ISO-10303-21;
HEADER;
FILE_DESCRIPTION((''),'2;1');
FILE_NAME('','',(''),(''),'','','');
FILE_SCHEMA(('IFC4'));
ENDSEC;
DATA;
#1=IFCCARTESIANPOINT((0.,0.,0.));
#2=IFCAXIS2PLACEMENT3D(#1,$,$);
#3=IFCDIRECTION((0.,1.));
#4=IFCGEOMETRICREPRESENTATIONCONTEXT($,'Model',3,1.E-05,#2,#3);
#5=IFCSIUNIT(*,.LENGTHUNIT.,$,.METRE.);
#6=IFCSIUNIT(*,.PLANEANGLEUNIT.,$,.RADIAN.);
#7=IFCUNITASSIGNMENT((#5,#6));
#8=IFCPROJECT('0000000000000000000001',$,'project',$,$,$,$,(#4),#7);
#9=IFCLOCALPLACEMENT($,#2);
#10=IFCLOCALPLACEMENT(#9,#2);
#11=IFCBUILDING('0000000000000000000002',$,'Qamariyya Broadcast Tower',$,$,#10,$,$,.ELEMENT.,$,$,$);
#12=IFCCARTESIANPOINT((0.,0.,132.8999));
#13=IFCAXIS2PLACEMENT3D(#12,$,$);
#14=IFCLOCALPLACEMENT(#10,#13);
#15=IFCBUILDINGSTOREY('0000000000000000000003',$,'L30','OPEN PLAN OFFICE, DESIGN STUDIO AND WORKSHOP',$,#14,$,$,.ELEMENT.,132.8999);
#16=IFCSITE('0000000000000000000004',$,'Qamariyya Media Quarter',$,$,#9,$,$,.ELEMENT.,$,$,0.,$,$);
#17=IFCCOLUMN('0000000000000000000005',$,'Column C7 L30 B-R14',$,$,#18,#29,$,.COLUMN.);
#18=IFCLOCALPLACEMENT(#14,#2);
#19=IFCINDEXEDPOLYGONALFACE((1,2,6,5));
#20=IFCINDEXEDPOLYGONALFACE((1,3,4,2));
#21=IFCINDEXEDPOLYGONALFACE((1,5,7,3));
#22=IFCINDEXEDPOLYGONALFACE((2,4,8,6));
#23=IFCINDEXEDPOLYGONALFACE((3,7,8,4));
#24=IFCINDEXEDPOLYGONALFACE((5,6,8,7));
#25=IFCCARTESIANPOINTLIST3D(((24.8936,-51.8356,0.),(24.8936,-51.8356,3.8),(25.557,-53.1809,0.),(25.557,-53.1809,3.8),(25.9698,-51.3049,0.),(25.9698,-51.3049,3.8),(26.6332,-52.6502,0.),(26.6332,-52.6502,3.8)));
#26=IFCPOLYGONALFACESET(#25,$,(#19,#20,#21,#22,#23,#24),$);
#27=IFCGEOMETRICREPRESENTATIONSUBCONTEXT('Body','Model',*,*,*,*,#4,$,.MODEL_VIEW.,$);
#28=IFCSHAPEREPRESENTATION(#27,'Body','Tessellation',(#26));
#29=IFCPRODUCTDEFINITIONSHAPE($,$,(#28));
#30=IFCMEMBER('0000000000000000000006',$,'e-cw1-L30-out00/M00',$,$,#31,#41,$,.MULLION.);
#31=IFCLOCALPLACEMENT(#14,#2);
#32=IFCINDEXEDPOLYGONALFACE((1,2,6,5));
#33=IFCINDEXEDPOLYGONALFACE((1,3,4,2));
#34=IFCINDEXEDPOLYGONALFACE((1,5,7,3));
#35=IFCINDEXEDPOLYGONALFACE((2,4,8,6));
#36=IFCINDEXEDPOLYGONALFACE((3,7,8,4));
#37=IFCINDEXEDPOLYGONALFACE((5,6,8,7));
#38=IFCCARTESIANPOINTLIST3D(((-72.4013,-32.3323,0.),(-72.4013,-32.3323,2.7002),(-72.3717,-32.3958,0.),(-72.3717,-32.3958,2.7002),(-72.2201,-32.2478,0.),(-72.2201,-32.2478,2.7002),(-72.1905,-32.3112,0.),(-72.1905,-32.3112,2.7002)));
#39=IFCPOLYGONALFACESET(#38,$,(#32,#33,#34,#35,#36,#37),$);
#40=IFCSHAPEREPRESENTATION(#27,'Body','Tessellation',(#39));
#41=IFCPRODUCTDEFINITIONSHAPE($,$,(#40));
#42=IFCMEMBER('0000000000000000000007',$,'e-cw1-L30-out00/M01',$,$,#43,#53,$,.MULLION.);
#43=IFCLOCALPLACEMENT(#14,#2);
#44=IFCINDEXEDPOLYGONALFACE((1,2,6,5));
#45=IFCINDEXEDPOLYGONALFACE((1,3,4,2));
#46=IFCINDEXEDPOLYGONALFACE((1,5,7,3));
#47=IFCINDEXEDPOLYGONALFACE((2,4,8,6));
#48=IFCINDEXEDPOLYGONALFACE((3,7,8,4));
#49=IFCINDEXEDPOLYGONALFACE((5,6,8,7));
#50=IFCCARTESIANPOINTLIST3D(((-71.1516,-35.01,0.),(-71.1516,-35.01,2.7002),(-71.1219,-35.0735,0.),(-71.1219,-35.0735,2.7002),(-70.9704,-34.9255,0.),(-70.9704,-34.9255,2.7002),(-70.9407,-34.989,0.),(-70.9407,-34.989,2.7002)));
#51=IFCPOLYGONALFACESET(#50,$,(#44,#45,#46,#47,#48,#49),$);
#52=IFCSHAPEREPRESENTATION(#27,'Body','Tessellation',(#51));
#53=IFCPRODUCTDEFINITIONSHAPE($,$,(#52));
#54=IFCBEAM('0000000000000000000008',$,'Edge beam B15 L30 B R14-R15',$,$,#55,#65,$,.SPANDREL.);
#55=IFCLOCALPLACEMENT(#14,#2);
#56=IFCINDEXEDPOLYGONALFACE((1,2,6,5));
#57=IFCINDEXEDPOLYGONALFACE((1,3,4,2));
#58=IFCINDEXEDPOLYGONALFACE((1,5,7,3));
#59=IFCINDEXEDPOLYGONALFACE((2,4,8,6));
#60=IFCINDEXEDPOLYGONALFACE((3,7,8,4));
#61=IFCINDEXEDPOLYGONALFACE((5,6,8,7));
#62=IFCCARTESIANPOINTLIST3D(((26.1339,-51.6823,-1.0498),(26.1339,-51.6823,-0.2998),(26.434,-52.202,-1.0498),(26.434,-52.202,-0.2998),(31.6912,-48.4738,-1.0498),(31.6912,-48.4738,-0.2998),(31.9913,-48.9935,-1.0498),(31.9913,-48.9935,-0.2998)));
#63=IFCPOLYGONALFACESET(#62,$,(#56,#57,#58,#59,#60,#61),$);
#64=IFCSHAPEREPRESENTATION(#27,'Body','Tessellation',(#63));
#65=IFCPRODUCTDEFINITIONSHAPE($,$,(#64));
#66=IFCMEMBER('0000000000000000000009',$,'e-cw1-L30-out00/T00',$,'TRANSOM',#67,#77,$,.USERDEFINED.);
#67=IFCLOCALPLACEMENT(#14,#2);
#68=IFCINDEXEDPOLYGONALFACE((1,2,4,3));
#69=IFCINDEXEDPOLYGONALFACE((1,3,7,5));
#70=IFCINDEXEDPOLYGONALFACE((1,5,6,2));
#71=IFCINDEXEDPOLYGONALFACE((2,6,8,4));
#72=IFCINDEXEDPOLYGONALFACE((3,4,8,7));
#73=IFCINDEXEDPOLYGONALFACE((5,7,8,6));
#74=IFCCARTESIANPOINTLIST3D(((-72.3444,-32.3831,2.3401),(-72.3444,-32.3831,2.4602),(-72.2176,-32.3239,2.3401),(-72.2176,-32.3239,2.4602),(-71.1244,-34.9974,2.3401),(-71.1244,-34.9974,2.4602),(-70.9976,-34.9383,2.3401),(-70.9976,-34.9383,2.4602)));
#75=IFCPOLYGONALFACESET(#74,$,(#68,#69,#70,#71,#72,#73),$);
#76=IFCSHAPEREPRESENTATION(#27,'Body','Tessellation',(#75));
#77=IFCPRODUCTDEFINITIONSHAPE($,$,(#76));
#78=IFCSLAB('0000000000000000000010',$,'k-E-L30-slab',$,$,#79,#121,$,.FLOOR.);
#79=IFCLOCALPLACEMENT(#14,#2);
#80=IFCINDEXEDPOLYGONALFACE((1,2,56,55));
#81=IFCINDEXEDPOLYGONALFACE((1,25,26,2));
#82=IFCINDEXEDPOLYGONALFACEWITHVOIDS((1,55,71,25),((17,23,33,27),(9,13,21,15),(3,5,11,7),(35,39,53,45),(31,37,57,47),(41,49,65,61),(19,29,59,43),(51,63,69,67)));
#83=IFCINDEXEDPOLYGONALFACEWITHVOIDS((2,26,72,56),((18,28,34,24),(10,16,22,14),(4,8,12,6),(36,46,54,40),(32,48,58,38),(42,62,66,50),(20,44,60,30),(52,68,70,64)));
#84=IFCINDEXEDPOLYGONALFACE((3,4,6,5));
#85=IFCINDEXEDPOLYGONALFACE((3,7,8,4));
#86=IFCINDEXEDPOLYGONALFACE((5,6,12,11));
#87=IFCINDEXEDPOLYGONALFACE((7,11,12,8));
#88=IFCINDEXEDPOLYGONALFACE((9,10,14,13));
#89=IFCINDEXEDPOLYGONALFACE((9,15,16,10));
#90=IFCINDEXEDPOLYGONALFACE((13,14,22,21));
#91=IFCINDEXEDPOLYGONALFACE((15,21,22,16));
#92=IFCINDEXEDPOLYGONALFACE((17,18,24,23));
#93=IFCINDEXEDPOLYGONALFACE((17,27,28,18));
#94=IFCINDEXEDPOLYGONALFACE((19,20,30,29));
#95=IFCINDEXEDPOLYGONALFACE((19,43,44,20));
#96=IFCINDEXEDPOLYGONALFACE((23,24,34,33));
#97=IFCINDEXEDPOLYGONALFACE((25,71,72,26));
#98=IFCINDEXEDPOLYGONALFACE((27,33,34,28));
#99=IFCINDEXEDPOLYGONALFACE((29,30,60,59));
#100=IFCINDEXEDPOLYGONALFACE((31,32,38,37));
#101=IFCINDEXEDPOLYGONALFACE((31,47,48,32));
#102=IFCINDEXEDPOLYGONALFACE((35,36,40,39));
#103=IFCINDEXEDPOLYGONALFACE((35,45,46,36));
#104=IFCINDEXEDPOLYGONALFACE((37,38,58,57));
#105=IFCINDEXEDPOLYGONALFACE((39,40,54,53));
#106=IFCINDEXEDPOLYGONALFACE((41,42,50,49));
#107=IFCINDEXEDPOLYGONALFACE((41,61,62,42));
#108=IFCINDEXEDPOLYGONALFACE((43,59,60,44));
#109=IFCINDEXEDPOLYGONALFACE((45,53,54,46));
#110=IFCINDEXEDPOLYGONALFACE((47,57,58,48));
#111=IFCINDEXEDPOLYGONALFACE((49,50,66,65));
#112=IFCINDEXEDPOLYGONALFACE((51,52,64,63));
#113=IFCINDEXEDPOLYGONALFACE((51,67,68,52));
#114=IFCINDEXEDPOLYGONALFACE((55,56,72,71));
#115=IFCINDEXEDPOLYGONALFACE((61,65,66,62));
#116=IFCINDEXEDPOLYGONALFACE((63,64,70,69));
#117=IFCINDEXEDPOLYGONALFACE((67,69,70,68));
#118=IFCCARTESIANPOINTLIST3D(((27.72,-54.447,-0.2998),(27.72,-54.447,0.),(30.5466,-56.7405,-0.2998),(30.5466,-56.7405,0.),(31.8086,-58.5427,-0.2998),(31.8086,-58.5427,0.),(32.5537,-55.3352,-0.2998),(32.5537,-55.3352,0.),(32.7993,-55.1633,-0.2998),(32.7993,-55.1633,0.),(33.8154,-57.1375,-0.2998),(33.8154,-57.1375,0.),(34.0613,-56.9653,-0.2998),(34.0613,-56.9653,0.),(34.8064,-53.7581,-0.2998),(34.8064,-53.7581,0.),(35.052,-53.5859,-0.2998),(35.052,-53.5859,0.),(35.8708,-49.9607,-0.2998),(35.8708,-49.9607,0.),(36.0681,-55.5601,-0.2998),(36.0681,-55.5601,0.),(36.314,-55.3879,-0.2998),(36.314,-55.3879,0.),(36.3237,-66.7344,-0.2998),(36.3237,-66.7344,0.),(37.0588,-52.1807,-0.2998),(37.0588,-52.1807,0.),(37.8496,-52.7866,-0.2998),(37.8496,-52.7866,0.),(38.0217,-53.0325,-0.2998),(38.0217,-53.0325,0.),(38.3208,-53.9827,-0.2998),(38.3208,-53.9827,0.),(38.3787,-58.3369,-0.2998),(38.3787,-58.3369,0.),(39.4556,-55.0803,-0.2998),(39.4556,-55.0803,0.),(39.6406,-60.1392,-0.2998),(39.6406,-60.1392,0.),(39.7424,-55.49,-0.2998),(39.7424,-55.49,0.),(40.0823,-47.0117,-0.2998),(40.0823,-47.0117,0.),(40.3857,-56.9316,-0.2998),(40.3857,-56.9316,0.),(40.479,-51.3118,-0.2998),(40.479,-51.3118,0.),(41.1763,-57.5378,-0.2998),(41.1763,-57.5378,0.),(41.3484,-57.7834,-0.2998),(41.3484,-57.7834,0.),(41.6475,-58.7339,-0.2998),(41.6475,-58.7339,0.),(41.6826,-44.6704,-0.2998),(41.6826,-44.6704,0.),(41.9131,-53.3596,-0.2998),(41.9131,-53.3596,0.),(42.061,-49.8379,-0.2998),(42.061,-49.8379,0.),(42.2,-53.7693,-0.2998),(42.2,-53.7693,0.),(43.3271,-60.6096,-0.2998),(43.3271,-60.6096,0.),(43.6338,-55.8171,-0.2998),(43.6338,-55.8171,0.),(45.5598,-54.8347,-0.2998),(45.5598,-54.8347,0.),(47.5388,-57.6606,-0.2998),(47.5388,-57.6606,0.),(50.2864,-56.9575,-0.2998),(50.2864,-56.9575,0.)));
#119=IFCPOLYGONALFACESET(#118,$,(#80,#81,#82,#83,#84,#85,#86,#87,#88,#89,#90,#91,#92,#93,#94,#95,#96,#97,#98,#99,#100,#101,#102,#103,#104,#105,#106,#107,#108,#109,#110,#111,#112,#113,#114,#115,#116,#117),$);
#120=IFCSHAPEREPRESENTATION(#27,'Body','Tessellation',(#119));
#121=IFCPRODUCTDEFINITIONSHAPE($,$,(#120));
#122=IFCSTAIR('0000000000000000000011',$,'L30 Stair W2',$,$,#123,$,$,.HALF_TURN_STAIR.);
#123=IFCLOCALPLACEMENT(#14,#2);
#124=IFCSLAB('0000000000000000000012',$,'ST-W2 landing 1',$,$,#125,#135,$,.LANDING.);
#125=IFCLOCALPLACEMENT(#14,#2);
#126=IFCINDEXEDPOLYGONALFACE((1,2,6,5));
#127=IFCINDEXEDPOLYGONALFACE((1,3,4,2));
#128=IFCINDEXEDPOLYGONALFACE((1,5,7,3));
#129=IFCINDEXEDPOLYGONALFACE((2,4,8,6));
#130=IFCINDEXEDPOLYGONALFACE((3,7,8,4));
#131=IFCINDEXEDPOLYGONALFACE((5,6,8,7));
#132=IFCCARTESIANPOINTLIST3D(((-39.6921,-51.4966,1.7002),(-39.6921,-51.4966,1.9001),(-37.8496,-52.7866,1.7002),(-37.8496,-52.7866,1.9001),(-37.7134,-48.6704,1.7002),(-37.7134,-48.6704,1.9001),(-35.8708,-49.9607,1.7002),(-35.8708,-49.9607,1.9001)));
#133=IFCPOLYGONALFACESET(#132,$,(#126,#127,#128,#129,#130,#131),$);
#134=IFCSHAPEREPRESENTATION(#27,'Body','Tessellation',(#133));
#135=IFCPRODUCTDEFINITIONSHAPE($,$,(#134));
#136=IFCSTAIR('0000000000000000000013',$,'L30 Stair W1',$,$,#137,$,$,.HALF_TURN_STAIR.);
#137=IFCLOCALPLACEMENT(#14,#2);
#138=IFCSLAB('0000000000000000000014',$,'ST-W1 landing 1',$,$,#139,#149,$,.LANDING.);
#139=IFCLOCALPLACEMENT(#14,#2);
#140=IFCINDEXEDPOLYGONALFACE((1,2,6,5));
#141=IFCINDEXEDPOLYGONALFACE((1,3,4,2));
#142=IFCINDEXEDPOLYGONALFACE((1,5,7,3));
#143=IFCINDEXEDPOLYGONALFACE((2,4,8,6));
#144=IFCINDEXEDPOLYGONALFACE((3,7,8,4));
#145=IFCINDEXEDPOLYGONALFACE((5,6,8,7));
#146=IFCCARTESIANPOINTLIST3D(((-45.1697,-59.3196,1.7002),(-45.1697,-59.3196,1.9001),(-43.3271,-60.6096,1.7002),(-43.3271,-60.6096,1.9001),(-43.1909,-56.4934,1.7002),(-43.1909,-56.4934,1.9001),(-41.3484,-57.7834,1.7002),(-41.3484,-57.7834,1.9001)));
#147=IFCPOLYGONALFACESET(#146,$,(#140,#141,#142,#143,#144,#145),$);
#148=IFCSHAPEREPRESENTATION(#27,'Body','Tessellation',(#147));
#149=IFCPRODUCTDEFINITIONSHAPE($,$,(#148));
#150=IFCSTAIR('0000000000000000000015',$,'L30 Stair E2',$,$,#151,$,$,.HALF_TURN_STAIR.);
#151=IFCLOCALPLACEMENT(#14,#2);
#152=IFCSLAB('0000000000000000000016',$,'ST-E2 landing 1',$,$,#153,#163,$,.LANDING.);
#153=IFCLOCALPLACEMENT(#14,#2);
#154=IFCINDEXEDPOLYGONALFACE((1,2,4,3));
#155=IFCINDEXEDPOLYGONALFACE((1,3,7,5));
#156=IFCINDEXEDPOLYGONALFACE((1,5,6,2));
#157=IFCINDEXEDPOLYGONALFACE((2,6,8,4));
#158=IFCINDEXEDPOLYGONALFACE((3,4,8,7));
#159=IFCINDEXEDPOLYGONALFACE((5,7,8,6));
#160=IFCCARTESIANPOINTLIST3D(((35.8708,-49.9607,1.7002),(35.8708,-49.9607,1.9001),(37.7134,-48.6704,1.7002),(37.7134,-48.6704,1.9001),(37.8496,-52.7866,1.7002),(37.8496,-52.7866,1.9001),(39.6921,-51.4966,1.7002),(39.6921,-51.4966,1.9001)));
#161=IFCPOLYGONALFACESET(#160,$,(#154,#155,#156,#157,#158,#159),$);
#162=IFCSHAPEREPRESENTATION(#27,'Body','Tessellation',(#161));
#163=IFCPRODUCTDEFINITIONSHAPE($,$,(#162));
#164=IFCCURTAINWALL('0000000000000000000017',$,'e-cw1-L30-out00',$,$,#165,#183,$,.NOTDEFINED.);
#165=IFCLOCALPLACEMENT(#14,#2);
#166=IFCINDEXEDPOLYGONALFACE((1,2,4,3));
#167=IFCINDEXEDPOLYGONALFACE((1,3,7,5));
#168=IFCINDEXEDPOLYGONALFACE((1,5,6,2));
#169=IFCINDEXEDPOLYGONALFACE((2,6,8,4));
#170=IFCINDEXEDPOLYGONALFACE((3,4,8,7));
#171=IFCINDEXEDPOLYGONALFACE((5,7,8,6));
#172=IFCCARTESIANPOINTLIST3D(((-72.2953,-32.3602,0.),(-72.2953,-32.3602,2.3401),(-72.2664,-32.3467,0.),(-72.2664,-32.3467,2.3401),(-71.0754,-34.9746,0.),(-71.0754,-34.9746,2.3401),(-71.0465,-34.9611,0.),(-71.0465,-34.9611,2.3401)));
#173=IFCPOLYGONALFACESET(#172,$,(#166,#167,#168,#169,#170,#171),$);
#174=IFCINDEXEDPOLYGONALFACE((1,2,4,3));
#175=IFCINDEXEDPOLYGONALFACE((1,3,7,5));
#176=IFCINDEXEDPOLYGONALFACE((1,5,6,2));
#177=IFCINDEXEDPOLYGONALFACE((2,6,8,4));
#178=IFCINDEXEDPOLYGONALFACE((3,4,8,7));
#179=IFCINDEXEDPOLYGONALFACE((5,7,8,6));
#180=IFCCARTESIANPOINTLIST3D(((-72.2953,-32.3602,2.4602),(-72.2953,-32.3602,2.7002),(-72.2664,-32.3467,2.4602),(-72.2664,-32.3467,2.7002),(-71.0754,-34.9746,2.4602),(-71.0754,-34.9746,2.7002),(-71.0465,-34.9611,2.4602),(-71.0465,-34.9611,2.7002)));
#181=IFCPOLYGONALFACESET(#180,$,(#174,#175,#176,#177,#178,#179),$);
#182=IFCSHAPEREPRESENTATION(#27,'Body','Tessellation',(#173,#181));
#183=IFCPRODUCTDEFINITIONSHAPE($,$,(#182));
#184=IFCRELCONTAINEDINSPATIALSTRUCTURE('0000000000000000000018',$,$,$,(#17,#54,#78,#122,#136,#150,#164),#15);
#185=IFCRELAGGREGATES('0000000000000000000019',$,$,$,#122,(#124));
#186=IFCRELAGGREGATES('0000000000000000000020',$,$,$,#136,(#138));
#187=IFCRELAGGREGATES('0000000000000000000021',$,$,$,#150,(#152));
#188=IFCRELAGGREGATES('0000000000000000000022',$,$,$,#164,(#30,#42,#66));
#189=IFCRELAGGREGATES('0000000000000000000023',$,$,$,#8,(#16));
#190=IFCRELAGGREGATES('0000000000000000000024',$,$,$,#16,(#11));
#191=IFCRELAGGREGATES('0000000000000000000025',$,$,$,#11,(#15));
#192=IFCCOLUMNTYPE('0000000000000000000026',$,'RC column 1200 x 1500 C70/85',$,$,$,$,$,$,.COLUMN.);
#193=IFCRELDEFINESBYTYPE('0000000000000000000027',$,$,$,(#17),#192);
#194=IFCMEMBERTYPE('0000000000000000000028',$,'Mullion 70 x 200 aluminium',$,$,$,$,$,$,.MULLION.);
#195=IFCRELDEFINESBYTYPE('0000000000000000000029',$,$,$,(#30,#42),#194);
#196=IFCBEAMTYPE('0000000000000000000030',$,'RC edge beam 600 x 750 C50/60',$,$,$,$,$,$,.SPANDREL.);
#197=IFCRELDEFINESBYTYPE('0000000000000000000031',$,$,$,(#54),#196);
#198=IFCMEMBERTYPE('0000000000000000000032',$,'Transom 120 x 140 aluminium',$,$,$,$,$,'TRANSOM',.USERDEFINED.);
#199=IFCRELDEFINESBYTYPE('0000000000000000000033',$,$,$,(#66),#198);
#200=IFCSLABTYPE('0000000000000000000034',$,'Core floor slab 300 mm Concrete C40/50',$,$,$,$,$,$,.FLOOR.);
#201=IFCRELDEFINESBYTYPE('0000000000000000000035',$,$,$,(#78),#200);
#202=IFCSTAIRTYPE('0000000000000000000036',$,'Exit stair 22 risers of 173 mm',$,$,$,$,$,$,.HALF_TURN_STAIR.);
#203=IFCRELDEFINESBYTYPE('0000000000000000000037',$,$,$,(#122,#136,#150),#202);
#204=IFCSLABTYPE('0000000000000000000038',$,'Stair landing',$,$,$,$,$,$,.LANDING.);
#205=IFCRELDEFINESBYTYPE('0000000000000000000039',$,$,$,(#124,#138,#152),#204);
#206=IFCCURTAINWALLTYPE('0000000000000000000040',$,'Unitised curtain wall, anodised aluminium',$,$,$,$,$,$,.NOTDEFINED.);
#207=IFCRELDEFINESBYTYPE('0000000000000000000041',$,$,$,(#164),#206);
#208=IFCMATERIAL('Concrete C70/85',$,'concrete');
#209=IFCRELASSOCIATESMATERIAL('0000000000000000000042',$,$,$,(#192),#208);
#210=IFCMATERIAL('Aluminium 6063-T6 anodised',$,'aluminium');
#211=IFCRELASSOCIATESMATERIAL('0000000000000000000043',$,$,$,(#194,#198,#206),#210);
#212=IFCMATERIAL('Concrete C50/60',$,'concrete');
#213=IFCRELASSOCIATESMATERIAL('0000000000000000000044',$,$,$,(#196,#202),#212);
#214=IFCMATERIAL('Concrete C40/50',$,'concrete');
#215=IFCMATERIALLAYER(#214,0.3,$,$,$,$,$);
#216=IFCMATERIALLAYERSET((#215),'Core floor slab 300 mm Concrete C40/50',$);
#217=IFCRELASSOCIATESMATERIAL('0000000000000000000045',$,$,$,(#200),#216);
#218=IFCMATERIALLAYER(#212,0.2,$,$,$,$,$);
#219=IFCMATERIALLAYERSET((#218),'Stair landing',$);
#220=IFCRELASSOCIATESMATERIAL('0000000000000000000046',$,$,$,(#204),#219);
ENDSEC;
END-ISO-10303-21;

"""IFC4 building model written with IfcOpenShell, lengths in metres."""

from ifc_helpers import new_model, si_unit, direction, frame, origin, origin_2d, place, context, subcontext, project, spatial, polyline, rectangle, outline, extrude, material, layer, layer_set, material_profile, profile_set, type_object, element, aggregate, save


model = new_model("IFC4")

# Units and contexts
model_context = context("Model", 3, precision=1e-05, world=origin(), true_north=direction((0.0, 1.0)))
body_context = subcontext(model_context, "Body", "Model", "MODEL_VIEW")
ifc_project = project(units=[si_unit("LENGTHUNIT", "METRE"), si_unit("PLANEANGLEUNIT", "RADIAN")], contexts=[model_context])

# Site, building, storey
site_placement = place(None, origin())
site = spatial("IfcSite", under=ifc_project, at=site_placement, Name="Qamariyya Media Quarter", CompositionType="ELEMENT", RefElevation=0.0)
building_placement = place(site_placement, origin())
building = spatial("IfcBuilding", under=site, at=building_placement, Name="Qamariyya Broadcast Tower", CompositionType="ELEMENT")
storey_placement = place(building_placement, frame((0.0, 0.0, 132.8999)))
storey = spatial("IfcBuildingStorey", under=building, at=storey_placement, Name="L30", Description="OPEN PLAN OFFICE, DESIGN STUDIO AND WORKSHOP", CompositionType="ELEMENT", Elevation=132.8999)

# Column
ifc_material_1 = material(Name="Concrete C70/85", Category="concrete")
ifc_material_profile_1 = material_profile(ifc_material_1, rectangle(XDim=1.2, YDim=1.5, at=origin_2d()))
ifc_profile_set_1 = profile_set([ifc_material_profile_1], Name="Concrete C70/85")
column_type = type_object("IfcColumnType", Name="RC column 1200 x 1500 C70/85", PredefinedType="COLUMN", material=ifc_profile_set_1)
column_placement = place(storey_placement, frame((25.7634, -52.2429, 0.0), z_axis=(0.0, 0.0, 1.0), x_axis=(0.896873, 0.442289, 0.0)))
element("IfcColumn", 1, at=column_placement, inside=storey, type_object=column_type, Name="Column C7 L30 B-R14", PredefinedType="COLUMN", context=body_context, shape_type="SweptSolid", body=[
    extrude(rectangle(XDim=1.2, YDim=1.5, at=origin_2d()), origin(), (0.0, 0.0, 1.0), 3.8),
])

# Members
ifc_material_2 = material(Name="Aluminium 6063-T6 anodised", Category="aluminium")
ifc_material_profile_2 = material_profile(ifc_material_2, rectangle(XDim=0.2, YDim=0.0701, at=origin_2d()))
ifc_profile_set_2 = profile_set([ifc_material_profile_2], Name="Aluminium 6063-T6 anodised")
member_type_1 = type_object("IfcMemberType", Name="Mullion 70 x 200 aluminium", PredefinedType="MULLION", material=ifc_profile_set_2)
member_1_placement = place(storey_placement, frame((-72.2959, -32.3218, 0.0), z_axis=(0.0, 0.0, 1.0), x_axis=(0.906175, 0.422904, 0.0)))
member_1 = element("IfcMember", 2, at=member_1_placement, type_object=member_type_1, Name="e-cw1-L30-out00/M00", PredefinedType="MULLION", context=body_context, shape_type="SweptSolid", body=[
    extrude(rectangle(XDim=0.2, YDim=0.0701, at=origin_2d()), origin(), (0.0, 0.0, 1.0), 2.7002),
])
member_2_placement = place(storey_placement, frame((-71.0461, -34.9995, 0.0), z_axis=(0.0, 0.0, 1.0), x_axis=(0.906175, 0.422904, 0.0)))
member_2 = element("IfcMember", 3, at=member_2_placement, type_object=member_type_1, Name="e-cw1-L30-out00/M01", PredefinedType="MULLION", context=body_context, shape_type="SweptSolid", body=[
    extrude(rectangle(XDim=0.2, YDim=0.0701, at=origin_2d()), origin(), (0.0, 0.0, 1.0), 2.7002),
])

# Beam
ifc_material_3 = material(Name="Concrete C50/60", Category="concrete")
ifc_material_profile_3 = material_profile(ifc_material_3, rectangle(XDim=0.6001, YDim=0.75, at=origin_2d()))
ifc_profile_set_3 = profile_set([ifc_material_profile_3], Name="Concrete C50/60")
beam_type = type_object("IfcBeamType", Name="RC edge beam 600 x 750 C50/60", PredefinedType="SPANDREL", material=ifc_profile_set_3)
beam_placement = place(storey_placement, frame((26.2839, -51.9421, -0.6748), z_axis=(0.866029, 0.499994, 0.0), x_axis=(-0.499994, 0.866029, 0.0)))
element("IfcBeam", 4, at=beam_placement, inside=storey, type_object=beam_type, Name="Edge beam B15 L30 B R14-R15", PredefinedType="SPANDREL", context=body_context, shape_type="SweptSolid", body=[
    extrude(rectangle(XDim=0.6001, YDim=0.75, at=origin_2d()), origin(), (0.0, 0.0, 1.0), 6.417),
])

# Member
ifc_material_profile_4 = material_profile(ifc_material_2, rectangle(XDim=0.1399, YDim=0.1201, at=origin_2d()))
ifc_profile_set_4 = profile_set([ifc_material_profile_4], Name="Aluminium 6063-T6 anodised")
member_type_2 = type_object("IfcMemberType", Name="Transom 120 x 140 aluminium", ElementType="TRANSOM", PredefinedType="USERDEFINED", material=ifc_profile_set_4)
member_3_placement = place(storey_placement, frame((-72.281, -32.3535, 2.4001), z_axis=(0.422881, -0.906185, 0.0), x_axis=(0.906185, 0.422881, 0.0)))
member_3 = element("IfcMember", 5, at=member_3_placement, type_object=member_type_2, Name="e-cw1-L30-out00/T00", ObjectType="TRANSOM", PredefinedType="USERDEFINED", context=body_context, shape_type="SweptSolid", body=[
    extrude(rectangle(XDim=0.1399, YDim=0.1201, at=origin_2d()), origin(), (0.0, 0.0, 1.0), 2.885),
])

# Slab
ifc_material_4 = material(Name="Concrete C40/50", Category="concrete")
ifc_layer_1 = layer(ifc_material_4, 0.3)
ifc_layer_set_1 = layer_set([ifc_layer_1], Name="Core floor slab 300 mm Concrete C40/50")
slab_type_1 = type_object("IfcSlabType", Name="Core floor slab 300 mm Concrete C40/50", PredefinedType="FLOOR", material=ifc_layer_set_1)
slab_1_placement = place(storey_placement, frame((0.0, 0.0, -0.2998)))
element("IfcSlab", 6, at=slab_1_placement, inside=storey, type_object=slab_type_1, Name="k-E-L30-slab", PredefinedType="FLOOR", context=body_context, shape_type="SweptSolid", body=[
    extrude(outline(polyline([(36.3237, -66.7344), (50.2864, -56.9575), (41.6826, -44.6704), (27.72, -54.447), (36.3237, -66.7344)]), holes=[polyline([(31.8086, -58.5427), (33.8154, -57.1375), (32.5537, -55.3352), (30.5466, -56.7405), (31.8086, -58.5427)]), polyline([(34.0613, -56.9653), (36.0681, -55.5601), (34.8064, -53.7581), (32.7993, -55.1633), (34.0613, -56.9653)]), polyline([(36.314, -55.3879), (38.3208, -53.9827), (37.0588, -52.1807), (35.052, -53.5859), (36.314, -55.3879)]), polyline([(38.3787, -58.3369), (40.3857, -56.9316), (41.6475, -58.7339), (39.6406, -60.1392), (38.3787, -58.3369)]), polyline([(39.7424, -55.49), (42.2, -53.7693), (43.6338, -55.8171), (41.1763, -57.5378), (39.7424, -55.49)]), polyline([(39.4556, -55.0803), (41.9131, -53.3596), (40.479, -51.3118), (38.0217, -53.0325), (39.4556, -55.0803)]), polyline([(40.0823, -47.0117), (35.8708, -49.9607), (37.8496, -52.7866), (42.061, -49.8379), (40.0823, -47.0117)]), polyline([(45.5598, -54.8347), (41.3484, -57.7834), (43.3271, -60.6096), (47.5388, -57.6606), (45.5598, -54.8347)])]), origin(), (0.0, 0.0, 1.0), 0.2998),
])

# Stairs, slabs
stair_type = type_object("IfcStairType", Name="Exit stair 22 risers of 173 mm", PredefinedType="HALF_TURN_STAIR", material=ifc_material_3)
stair_1_placement = place(storey_placement, origin())
stair_1 = element("IfcStair", 7, at=stair_1_placement, inside=storey, type_object=stair_type, Name="L30 Stair W2", PredefinedType="HALF_TURN_STAIR")
ifc_layer_2 = layer(ifc_material_3, 0.2)
ifc_layer_set_2 = layer_set([ifc_layer_2], Name="Stair landing")
slab_type_2 = type_object("IfcSlabType", Name="Stair landing", PredefinedType="LANDING", material=ifc_layer_set_2)
slab_2_placement = place(storey_placement, frame((0.0, 0.0, 1.7002)))
slab_2 = element("IfcSlab", 8, at=slab_2_placement, type_object=slab_type_2, Name="ST-W2 landing 1", PredefinedType="LANDING", context=body_context, shape_type="SweptSolid", body=[
    extrude(outline(polyline([(-39.6921, -51.4966), (-37.8496, -52.7866), (-35.8708, -49.9607), (-37.7134, -48.6704), (-39.6921, -51.4966)])), origin(), (0.0, 0.0, 1.0), 0.2),
])
aggregate(stair_1, [slab_2])
stair_2_placement = place(storey_placement, origin())
stair_2 = element("IfcStair", 9, at=stair_2_placement, inside=storey, type_object=stair_type, Name="L30 Stair W1", PredefinedType="HALF_TURN_STAIR")
slab_3_placement = place(storey_placement, frame((0.0, 0.0, 1.7002)))
slab_3 = element("IfcSlab", 10, at=slab_3_placement, type_object=slab_type_2, Name="ST-W1 landing 1", PredefinedType="LANDING", context=body_context, shape_type="SweptSolid", body=[
    extrude(outline(polyline([(-45.1697, -59.3196), (-43.3271, -60.6096), (-41.3484, -57.7834), (-43.1909, -56.4934), (-45.1697, -59.3196)])), origin(), (0.0, 0.0, 1.0), 0.2),
])
aggregate(stair_2, [slab_3])
stair_3_placement = place(storey_placement, origin())
stair_3 = element("IfcStair", 11, at=stair_3_placement, inside=storey, type_object=stair_type, Name="L30 Stair E2", PredefinedType="HALF_TURN_STAIR")
slab_4_placement = place(storey_placement, frame((0.0, 0.0, 1.7002)))
slab_4 = element("IfcSlab", 12, at=slab_4_placement, type_object=slab_type_2, Name="ST-E2 landing 1", PredefinedType="LANDING", context=body_context, shape_type="SweptSolid", body=[
    extrude(outline(polyline([(37.7134, -48.6704), (35.8708, -49.9607), (37.8496, -52.7866), (39.6921, -51.4966), (37.7134, -48.6704)])), origin(), (0.0, 0.0, 1.0), 0.2),
])
aggregate(stair_3, [slab_4])

# Curtain wall
curtain_wall_type = type_object("IfcCurtainWallType", Name="Unitised curtain wall, anodised aluminium", PredefinedType="NOTDEFINED", material=ifc_material_2)
curtain_wall_placement = place(storey_placement, origin())
curtain_wall = element("IfcCurtainWall", 13, at=curtain_wall_placement, inside=storey, type_object=curtain_wall_type, Name="e-cw1-L30-out00", PredefinedType="NOTDEFINED", context=body_context, shape_type="SweptSolid", body=[
    extrude(rectangle(XDim=2.885, YDim=0.032, at=origin_2d()), frame((-71.6709, -33.6606, 0.0), x_axis=(0.422837, -0.906206, 0.0)), (0.0, 0.0, 1.0), 2.3401),
    extrude(rectangle(XDim=2.885, YDim=0.032, at=origin_2d()), frame((-71.6709, -33.6606, 2.4602), x_axis=(0.422837, -0.906206, 0.0)), (0.0, 0.0, 1.0), 0.24),
])
aggregate(curtain_wall, [member_1, member_2, member_3])

save(model, "model.ifc")
